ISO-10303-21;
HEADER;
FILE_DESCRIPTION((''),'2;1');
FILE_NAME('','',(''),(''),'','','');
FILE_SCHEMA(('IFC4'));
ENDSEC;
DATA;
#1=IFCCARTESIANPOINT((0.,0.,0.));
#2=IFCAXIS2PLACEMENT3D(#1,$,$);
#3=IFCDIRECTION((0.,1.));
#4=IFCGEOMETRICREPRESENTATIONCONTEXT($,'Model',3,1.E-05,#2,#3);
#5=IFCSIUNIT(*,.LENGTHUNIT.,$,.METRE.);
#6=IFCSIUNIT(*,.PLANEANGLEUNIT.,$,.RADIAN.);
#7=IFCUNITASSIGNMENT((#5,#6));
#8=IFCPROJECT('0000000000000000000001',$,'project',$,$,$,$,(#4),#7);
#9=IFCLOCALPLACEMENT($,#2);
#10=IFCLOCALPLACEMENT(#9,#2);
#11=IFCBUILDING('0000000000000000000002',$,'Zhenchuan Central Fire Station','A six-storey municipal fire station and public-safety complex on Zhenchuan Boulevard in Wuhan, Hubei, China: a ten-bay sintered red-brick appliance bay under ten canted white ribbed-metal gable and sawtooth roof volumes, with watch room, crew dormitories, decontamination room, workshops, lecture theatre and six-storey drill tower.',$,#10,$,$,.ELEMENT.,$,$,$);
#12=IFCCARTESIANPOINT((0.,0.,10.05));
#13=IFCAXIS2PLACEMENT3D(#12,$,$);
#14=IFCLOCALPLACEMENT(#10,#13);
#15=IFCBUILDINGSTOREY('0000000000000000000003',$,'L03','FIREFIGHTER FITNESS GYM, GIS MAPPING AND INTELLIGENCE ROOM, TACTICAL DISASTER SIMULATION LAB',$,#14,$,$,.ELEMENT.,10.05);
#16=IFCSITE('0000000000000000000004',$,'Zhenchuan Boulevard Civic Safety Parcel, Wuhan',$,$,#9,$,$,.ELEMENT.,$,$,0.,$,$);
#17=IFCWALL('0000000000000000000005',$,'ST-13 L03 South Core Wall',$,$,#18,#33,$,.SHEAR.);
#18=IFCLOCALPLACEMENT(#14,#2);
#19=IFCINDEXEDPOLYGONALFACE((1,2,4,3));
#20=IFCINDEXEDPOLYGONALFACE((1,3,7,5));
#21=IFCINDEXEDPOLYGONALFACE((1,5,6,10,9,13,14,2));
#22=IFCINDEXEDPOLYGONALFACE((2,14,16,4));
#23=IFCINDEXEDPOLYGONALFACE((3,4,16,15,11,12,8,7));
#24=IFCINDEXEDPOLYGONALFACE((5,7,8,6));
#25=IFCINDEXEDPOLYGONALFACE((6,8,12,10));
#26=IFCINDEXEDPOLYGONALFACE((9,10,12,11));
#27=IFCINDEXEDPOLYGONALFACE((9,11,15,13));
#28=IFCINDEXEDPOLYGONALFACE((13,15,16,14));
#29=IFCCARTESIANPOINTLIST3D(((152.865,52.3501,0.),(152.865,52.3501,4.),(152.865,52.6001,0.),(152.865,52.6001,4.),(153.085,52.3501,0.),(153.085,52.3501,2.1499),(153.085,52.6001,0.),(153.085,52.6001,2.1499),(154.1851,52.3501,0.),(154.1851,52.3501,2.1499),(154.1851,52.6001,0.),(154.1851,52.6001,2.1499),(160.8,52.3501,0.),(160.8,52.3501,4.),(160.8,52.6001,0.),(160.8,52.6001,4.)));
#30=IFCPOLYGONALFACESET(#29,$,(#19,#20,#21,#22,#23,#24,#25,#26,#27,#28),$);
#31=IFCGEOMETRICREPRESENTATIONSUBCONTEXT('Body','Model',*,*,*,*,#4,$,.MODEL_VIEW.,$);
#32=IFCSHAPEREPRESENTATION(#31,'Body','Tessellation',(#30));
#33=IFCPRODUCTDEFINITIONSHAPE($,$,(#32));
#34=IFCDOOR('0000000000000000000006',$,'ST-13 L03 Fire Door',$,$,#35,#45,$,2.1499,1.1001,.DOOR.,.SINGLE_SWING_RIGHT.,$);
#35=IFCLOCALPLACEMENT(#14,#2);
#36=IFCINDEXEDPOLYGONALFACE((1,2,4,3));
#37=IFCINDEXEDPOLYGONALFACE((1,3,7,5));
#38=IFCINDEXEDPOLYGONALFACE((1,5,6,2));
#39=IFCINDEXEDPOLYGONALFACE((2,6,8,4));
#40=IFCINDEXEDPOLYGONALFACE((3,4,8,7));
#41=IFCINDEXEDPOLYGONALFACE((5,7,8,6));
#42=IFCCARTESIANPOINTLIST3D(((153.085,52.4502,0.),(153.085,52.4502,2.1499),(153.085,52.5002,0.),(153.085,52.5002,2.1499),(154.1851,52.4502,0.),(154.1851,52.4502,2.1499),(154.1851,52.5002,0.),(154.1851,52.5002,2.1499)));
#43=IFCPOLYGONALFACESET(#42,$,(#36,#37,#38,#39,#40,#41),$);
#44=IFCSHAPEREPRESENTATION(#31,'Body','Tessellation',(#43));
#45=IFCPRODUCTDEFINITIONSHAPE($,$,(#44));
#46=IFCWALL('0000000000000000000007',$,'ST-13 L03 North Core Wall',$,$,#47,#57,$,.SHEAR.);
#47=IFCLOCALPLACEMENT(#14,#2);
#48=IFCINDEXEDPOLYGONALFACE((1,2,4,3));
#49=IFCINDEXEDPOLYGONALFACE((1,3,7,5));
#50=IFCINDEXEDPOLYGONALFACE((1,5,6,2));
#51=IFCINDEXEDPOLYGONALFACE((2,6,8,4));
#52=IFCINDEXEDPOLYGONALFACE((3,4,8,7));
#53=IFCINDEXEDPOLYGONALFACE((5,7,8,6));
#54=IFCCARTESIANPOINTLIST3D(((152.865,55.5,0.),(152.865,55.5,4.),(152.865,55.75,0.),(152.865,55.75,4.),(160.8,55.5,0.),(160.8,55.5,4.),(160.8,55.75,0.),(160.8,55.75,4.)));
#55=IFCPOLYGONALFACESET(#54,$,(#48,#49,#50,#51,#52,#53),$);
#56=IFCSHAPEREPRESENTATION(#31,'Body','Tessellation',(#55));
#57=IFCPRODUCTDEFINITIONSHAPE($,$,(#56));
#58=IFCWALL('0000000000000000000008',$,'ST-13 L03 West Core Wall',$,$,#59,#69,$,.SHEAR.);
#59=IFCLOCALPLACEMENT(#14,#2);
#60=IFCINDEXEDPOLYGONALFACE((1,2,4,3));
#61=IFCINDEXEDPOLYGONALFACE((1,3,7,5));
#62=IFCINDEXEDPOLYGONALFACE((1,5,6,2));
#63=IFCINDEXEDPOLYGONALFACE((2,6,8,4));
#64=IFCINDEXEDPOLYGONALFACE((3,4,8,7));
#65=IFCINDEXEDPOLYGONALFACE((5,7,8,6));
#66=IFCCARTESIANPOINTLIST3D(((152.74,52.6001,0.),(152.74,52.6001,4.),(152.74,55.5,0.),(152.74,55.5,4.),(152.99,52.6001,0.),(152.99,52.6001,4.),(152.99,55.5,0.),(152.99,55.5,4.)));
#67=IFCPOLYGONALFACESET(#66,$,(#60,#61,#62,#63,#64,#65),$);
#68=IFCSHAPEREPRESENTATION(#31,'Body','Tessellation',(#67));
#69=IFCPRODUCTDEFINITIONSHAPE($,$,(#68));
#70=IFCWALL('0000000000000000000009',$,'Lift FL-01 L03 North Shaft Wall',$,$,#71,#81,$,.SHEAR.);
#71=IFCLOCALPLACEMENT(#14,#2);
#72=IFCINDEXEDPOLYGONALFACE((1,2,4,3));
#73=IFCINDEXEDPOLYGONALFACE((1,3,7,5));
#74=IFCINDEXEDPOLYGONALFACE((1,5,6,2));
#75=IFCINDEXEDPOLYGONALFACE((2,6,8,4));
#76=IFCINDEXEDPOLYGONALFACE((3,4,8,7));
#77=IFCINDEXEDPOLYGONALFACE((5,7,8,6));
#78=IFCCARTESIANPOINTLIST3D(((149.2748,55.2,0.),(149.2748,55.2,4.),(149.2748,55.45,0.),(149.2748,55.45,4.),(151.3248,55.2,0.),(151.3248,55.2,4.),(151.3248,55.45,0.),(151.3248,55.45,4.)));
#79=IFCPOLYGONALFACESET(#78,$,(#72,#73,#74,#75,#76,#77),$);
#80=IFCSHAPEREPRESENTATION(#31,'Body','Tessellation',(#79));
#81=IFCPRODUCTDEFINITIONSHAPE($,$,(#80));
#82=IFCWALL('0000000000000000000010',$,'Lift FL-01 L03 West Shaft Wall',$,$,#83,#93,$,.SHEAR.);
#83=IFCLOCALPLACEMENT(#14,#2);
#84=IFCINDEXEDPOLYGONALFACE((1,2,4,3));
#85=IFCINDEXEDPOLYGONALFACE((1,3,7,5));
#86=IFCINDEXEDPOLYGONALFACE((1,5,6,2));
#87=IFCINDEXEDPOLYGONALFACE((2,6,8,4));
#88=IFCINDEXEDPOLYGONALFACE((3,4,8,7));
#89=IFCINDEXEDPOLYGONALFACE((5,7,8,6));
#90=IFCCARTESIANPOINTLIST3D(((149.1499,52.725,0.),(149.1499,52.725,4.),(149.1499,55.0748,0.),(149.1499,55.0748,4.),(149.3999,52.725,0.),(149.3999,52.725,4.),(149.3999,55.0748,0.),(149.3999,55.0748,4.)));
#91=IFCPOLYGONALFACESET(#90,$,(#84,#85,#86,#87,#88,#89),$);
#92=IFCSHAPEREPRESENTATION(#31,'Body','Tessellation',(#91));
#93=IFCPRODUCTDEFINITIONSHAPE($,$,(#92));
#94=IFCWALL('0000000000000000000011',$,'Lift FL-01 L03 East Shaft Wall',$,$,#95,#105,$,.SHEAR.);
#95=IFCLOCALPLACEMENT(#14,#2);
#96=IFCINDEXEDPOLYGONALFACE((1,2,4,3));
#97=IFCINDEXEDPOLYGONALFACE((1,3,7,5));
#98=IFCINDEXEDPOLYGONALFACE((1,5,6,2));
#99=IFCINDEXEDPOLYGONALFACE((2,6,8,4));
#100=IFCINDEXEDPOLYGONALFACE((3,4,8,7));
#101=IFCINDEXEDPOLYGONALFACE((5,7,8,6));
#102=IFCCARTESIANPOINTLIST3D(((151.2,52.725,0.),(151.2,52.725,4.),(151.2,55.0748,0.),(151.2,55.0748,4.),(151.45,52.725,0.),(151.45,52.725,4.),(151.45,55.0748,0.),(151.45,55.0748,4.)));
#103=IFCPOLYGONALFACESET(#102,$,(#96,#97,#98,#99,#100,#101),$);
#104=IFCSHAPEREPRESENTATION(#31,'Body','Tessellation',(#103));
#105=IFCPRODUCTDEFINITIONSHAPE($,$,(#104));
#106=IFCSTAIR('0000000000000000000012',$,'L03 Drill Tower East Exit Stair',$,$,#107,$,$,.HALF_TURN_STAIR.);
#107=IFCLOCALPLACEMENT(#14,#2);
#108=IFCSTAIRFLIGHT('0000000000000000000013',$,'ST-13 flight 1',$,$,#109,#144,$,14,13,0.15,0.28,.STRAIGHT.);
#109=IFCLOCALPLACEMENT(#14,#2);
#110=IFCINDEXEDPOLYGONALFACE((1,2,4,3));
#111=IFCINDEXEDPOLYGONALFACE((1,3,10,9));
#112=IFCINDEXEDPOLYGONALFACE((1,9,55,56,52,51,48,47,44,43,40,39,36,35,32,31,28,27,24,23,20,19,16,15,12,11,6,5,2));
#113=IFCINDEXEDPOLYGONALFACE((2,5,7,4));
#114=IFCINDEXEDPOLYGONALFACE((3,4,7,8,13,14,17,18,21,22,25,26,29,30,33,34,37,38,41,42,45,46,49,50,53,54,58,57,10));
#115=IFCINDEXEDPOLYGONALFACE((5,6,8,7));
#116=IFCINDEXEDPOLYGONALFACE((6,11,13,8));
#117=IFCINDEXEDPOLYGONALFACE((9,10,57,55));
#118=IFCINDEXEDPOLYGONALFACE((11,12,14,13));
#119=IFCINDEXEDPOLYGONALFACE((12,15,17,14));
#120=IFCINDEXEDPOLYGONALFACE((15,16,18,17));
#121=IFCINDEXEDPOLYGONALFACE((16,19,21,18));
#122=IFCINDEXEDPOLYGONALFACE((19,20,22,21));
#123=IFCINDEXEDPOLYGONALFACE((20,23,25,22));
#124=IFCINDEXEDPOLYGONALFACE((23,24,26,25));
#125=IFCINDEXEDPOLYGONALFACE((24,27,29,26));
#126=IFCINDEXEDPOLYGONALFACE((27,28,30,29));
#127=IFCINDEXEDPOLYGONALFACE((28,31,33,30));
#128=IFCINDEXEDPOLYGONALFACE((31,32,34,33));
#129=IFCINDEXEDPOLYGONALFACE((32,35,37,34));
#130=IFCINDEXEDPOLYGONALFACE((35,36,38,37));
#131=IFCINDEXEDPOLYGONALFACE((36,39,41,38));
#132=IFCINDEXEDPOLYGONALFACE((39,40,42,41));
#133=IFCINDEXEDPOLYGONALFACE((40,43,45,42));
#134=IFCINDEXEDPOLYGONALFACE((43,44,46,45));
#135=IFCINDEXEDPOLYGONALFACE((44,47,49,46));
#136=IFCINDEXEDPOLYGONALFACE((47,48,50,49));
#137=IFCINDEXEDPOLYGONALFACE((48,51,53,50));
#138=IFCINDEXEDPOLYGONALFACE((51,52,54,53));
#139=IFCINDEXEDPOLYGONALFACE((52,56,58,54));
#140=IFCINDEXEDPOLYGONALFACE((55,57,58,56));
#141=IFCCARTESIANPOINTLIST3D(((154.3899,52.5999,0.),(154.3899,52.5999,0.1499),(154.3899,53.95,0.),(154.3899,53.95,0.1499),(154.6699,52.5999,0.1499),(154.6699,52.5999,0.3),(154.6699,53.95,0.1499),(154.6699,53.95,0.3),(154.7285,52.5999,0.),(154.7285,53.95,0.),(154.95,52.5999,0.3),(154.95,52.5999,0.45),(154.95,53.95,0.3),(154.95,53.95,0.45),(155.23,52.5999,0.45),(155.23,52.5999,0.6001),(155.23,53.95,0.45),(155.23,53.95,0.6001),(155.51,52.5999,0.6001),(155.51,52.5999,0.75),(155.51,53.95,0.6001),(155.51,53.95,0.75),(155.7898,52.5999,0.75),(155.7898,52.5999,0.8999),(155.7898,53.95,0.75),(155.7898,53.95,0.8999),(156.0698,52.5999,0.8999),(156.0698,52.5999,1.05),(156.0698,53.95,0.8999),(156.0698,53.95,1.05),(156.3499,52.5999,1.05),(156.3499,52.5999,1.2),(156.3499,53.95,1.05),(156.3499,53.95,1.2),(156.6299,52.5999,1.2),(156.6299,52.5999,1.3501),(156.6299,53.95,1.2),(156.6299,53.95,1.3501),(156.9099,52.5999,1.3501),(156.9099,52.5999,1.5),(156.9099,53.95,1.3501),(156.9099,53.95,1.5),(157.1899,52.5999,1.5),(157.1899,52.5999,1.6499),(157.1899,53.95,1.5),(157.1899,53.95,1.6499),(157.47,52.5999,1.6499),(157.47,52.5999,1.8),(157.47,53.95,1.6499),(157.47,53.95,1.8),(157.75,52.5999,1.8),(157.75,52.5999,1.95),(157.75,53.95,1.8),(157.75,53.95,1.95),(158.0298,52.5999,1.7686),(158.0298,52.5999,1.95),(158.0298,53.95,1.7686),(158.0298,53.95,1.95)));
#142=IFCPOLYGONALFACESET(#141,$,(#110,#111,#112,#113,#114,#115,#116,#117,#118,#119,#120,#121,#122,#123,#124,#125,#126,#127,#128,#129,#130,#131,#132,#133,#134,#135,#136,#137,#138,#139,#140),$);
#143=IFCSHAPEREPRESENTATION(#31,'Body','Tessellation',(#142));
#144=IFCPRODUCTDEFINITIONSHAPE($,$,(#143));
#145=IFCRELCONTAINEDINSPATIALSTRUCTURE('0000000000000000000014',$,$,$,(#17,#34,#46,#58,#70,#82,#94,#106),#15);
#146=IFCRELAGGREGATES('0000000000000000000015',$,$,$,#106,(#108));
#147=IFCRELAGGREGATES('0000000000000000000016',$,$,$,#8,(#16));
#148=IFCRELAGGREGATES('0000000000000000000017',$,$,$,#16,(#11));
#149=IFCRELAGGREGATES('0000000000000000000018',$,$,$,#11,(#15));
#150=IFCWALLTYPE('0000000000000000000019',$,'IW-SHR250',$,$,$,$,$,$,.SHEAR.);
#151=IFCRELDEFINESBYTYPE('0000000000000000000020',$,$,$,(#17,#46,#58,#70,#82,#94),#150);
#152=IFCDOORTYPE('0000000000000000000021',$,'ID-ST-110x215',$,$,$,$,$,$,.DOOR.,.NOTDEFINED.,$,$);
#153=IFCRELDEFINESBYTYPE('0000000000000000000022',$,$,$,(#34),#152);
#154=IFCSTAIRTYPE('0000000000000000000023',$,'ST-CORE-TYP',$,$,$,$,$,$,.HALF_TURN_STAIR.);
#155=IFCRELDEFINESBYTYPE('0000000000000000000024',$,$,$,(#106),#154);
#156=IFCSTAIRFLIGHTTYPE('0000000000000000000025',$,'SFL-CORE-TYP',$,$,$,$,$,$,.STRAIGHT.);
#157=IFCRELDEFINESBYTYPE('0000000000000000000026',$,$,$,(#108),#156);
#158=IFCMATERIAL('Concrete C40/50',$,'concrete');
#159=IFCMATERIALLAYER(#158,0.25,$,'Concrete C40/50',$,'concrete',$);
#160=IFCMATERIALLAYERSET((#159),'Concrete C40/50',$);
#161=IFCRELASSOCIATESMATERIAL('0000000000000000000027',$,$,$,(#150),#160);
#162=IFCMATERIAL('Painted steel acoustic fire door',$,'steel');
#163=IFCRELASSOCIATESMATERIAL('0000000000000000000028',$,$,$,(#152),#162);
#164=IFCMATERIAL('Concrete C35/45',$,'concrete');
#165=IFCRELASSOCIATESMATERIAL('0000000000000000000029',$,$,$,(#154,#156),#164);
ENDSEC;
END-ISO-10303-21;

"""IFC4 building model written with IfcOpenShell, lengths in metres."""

from ifc_helpers import new_model, si_unit, direction, frame, frame_2d, origin, place, context, subcontext, project, spatial, polyline, rectangle, outline, extrude, material, layer, layer_set, type_object, element, fill, aggregate, save


model = new_model("IFC4")

# Units and contexts
model_context = context("Model", 3, precision=1e-05, world=origin(), true_north=direction((0.0, 1.0)))
body_context = subcontext(model_context, "Body", "Model", "MODEL_VIEW")
ifc_project = project(units=[si_unit("LENGTHUNIT", "METRE"), si_unit("PLANEANGLEUNIT", "RADIAN")], contexts=[model_context])

# Site, building, storey
site_placement = place(None, origin())
site = spatial("IfcSite", under=ifc_project, at=site_placement, Name="Zhenchuan Boulevard Civic Safety Parcel, Wuhan", CompositionType="ELEMENT", RefElevation=0.0)
building_placement = place(site_placement, origin())
building = spatial("IfcBuilding", under=site, at=building_placement, Name="Zhenchuan Central Fire Station", Description="A six-storey municipal fire station and public-safety complex on Zhenchuan Boulevard in Wuhan, Hubei, China: a ten-bay sintered red-brick appliance bay under ten canted white ribbed-metal gable and sawtooth roof volumes, with watch room, crew dormitories, decontamination room, workshops, lecture theatre and six-storey drill tower.", CompositionType="ELEMENT")
storey_placement = place(building_placement, frame((0.0, 0.0, 10.05)))
storey = spatial("IfcBuildingStorey", under=building, at=storey_placement, Name="L03", Description="FIREFIGHTER FITNESS GYM, GIS MAPPING AND INTELLIGENCE ROOM, TACTICAL DISASTER SIMULATION LAB", CompositionType="ELEMENT", Elevation=10.05)

# Shared definitions
ifc_material_1 = material(Name="Concrete C40/50", Category="concrete")

# Wall, opening, door
ifc_layer_1 = layer(ifc_material_1, 0.25, Name="Concrete C40/50", Category="concrete")
ifc_layer_set_1 = layer_set([ifc_layer_1], Name="Concrete C40/50")
wall_type_1 = type_object("IfcWallType", Name="IW-SHR250", PredefinedType="SHEAR", material=ifc_layer_set_1)
wall_1_placement = place(storey_placement, frame((152.865, 52.4751, 0.0), z_axis=(0.0, 0.0, 1.0), x_axis=(1.0, 0.0, 0.0)))
wall_1 = element("IfcWall", 1, at=wall_1_placement, inside=storey, type_object=wall_type_1, Name="ST-13 L03 South Core Wall", PredefinedType="SHEAR", context=body_context, shape_type="SweptSolid", body=[
    extrude(rectangle(XDim=7.9351, YDim=0.25, at=frame_2d((3.9675, 0.0))), origin(), (0.0, 0.0, 1.0), 4.0),
])
opening_1_placement = place(wall_1_placement, frame((0.22, 0.0, 0.0)))
opening_1 = element("IfcOpeningElement", 2, at=opening_1_placement, cuts=wall_1, PredefinedType="OPENING", context=body_context, shape_type="SweptSolid", body=[
    extrude(rectangle(XDim=1.1001, YDim=2.1499, at=frame_2d((0.55, 1.075))), frame((0.0, 0.135, 0.0), z_axis=(0.0, -1.0, 0.0), x_axis=(1.0, 0.0, 0.0)), (0.0, 0.0, 1.0), 0.27),
])
ifc_material_2 = material(Name="Painted steel acoustic fire door", Category="steel")
door_type_1 = type_object("IfcDoorType", Name="ID-ST-110x215", OperationType="NOTDEFINED", PredefinedType="DOOR", material=ifc_material_2)
door_1_placement = place(opening_1_placement, frame((1.1001, 0.0, 0.0), z_axis=(0.0, 0.0, 1.0), x_axis=(-1.0, 0.0, 0.0)))
door_1 = element("IfcDoor", 3, at=door_1_placement, inside=storey, type_object=door_type_1, Name="ST-13 L03 Fire Door", OperationType="SINGLE_SWING_RIGHT", OverallHeight=2.1499, OverallWidth=1.1001, PredefinedType="DOOR", context=body_context, shape_type="SweptSolid", body=[
    extrude(rectangle(XDim=1.1001, YDim=2.1499, at=frame_2d((0.55, 1.075))), frame((0.0, 0.0249, 0.0), z_axis=(0.0, -1.0, 0.0), x_axis=(1.0, 0.0, 0.0)), (0.0, 0.0, 1.0), 0.05),
])
fill(opening_1, door_1)

# Walls
wall_2_placement = place(storey_placement, frame((152.865, 55.625, 0.0), z_axis=(0.0, 0.0, 1.0), x_axis=(1.0, 0.0, 0.0)))
element("IfcWall", 4, at=wall_2_placement, inside=storey, type_object=wall_type_1, Name="ST-13 L03 North Core Wall", PredefinedType="SHEAR", context=body_context, shape_type="SweptSolid", body=[
    extrude(rectangle(XDim=7.9351, YDim=0.25, at=frame_2d((3.9675, 0.0))), origin(), (0.0, 0.0, 1.0), 4.0),
])
wall_3_placement = place(storey_placement, frame((152.865, 52.6001, 0.0), z_axis=(0.0, 0.0, 1.0), x_axis=(0.0, 1.0, 0.0)))
element("IfcWall", 5, at=wall_3_placement, inside=storey, type_object=wall_type_1, Name="ST-13 L03 West Core Wall", PredefinedType="SHEAR", context=body_context, shape_type="SweptSolid", body=[
    extrude(rectangle(XDim=2.8999, YDim=0.25, at=frame_2d((1.45, 0.0))), origin(), (0.0, 0.0, 1.0), 4.0),
])

# Walls
wall_4_placement = place(storey_placement, frame((149.2749, 55.325, 0.0), z_axis=(0.0, 0.0, 1.0), x_axis=(1.0, 0.0, 0.0)))
element("IfcWall", 6, at=wall_4_placement, inside=storey, type_object=wall_type_1, Name="Lift FL-01 L03 North Shaft Wall", PredefinedType="SHEAR", context=body_context, shape_type="SweptSolid", body=[
    extrude(rectangle(XDim=2.05, YDim=0.25, at=frame_2d((1.0249, 0.0))), origin(), (0.0, 0.0, 1.0), 4.0),
])
for number, where, z_axis, x_axis, name in (
    (7, (149.2749, 52.7251, 0.0), (0.0, 0.0, 1.0), (0.0, 1.0, 0.0), "Lift FL-01 L03 West Shaft Wall"),
    (8, (151.325, 52.7251, 0.0), (0.0, 0.0, 1.0), (0.0, 1.0, 0.0), "Lift FL-01 L03 East Shaft Wall"),
):
    element("IfcWall", number, at=place(storey_placement, frame(where, z_axis=z_axis, x_axis=x_axis)), inside=storey, type_object=wall_type_1, Name=name, PredefinedType="SHEAR", context=body_context, shape_type="SweptSolid", body=[
        extrude(rectangle(XDim=2.3499, YDim=0.25, at=frame_2d((1.1748, 0.0))), origin(), (0.0, 0.0, 1.0), 4.0),
    ])

# Stair, stair flight
ifc_material_3 = material(Name="Concrete C35/45", Category="concrete")
stair_type = type_object("IfcStairType", Name="ST-CORE-TYP", PredefinedType="HALF_TURN_STAIR", material=ifc_material_3)
stair_placement = place(storey_placement, origin())
stair = element("IfcStair", 9, at=stair_placement, inside=storey, type_object=stair_type, Name="L03 Drill Tower East Exit Stair", PredefinedType="HALF_TURN_STAIR")
stair_flight_type = type_object("IfcStairFlightType", Name="SFL-CORE-TYP", PredefinedType="STRAIGHT", material=ifc_material_3)
stair_flight_placement = place(storey_placement, frame((154.3899, 53.2749, 0.0), z_axis=(0.0, 0.0, 1.0), x_axis=(1.0, 0.0, 0.0)))
stair_flight = element("IfcStairFlight", 10, at=stair_flight_placement, type_object=stair_flight_type, Name="ST-13 flight 1", NumberOfRisers=14, NumberOfTreads=13, PredefinedType="STRAIGHT", RiserHeight=0.15, TreadLength=0.28, context=body_context, shape_type="SweptSolid", body=[
    extrude(outline(polyline([(0.0, 0.0), (0.0, 0.1499), (0.28, 0.1499), (0.28, 0.3), (0.5601, 0.3), (0.5601, 0.45), (0.8401, 0.45), (0.8401, 0.6001), (1.1201, 0.6001), (1.1201, 0.75), (1.3999, 0.75), (1.3999, 0.8999), (1.6799, 0.8999), (1.6799, 1.05), (1.96, 1.05), (1.96, 1.2), (2.24, 1.2), (2.24, 1.3501), (2.52, 1.3501), (2.52, 1.5), (2.8, 1.5), (2.8, 1.6499), (3.0801, 1.6499), (3.0801, 1.8), (3.3601, 1.8), (3.3601, 1.95), (3.6399, 1.95), (3.6399, 2.1001), (3.6399, 1.7686), (0.3386, 0.0), (0.0, 0.0)])), frame((0.0, 0.675, 0.0), z_axis=(0.0, -1.0, 0.0), x_axis=(1.0, 0.0, 0.0)), (0.0, 0.0, 1.0), 1.3501),
])
aggregate(stair, [stair_flight])

save(model, "model.ifc")
